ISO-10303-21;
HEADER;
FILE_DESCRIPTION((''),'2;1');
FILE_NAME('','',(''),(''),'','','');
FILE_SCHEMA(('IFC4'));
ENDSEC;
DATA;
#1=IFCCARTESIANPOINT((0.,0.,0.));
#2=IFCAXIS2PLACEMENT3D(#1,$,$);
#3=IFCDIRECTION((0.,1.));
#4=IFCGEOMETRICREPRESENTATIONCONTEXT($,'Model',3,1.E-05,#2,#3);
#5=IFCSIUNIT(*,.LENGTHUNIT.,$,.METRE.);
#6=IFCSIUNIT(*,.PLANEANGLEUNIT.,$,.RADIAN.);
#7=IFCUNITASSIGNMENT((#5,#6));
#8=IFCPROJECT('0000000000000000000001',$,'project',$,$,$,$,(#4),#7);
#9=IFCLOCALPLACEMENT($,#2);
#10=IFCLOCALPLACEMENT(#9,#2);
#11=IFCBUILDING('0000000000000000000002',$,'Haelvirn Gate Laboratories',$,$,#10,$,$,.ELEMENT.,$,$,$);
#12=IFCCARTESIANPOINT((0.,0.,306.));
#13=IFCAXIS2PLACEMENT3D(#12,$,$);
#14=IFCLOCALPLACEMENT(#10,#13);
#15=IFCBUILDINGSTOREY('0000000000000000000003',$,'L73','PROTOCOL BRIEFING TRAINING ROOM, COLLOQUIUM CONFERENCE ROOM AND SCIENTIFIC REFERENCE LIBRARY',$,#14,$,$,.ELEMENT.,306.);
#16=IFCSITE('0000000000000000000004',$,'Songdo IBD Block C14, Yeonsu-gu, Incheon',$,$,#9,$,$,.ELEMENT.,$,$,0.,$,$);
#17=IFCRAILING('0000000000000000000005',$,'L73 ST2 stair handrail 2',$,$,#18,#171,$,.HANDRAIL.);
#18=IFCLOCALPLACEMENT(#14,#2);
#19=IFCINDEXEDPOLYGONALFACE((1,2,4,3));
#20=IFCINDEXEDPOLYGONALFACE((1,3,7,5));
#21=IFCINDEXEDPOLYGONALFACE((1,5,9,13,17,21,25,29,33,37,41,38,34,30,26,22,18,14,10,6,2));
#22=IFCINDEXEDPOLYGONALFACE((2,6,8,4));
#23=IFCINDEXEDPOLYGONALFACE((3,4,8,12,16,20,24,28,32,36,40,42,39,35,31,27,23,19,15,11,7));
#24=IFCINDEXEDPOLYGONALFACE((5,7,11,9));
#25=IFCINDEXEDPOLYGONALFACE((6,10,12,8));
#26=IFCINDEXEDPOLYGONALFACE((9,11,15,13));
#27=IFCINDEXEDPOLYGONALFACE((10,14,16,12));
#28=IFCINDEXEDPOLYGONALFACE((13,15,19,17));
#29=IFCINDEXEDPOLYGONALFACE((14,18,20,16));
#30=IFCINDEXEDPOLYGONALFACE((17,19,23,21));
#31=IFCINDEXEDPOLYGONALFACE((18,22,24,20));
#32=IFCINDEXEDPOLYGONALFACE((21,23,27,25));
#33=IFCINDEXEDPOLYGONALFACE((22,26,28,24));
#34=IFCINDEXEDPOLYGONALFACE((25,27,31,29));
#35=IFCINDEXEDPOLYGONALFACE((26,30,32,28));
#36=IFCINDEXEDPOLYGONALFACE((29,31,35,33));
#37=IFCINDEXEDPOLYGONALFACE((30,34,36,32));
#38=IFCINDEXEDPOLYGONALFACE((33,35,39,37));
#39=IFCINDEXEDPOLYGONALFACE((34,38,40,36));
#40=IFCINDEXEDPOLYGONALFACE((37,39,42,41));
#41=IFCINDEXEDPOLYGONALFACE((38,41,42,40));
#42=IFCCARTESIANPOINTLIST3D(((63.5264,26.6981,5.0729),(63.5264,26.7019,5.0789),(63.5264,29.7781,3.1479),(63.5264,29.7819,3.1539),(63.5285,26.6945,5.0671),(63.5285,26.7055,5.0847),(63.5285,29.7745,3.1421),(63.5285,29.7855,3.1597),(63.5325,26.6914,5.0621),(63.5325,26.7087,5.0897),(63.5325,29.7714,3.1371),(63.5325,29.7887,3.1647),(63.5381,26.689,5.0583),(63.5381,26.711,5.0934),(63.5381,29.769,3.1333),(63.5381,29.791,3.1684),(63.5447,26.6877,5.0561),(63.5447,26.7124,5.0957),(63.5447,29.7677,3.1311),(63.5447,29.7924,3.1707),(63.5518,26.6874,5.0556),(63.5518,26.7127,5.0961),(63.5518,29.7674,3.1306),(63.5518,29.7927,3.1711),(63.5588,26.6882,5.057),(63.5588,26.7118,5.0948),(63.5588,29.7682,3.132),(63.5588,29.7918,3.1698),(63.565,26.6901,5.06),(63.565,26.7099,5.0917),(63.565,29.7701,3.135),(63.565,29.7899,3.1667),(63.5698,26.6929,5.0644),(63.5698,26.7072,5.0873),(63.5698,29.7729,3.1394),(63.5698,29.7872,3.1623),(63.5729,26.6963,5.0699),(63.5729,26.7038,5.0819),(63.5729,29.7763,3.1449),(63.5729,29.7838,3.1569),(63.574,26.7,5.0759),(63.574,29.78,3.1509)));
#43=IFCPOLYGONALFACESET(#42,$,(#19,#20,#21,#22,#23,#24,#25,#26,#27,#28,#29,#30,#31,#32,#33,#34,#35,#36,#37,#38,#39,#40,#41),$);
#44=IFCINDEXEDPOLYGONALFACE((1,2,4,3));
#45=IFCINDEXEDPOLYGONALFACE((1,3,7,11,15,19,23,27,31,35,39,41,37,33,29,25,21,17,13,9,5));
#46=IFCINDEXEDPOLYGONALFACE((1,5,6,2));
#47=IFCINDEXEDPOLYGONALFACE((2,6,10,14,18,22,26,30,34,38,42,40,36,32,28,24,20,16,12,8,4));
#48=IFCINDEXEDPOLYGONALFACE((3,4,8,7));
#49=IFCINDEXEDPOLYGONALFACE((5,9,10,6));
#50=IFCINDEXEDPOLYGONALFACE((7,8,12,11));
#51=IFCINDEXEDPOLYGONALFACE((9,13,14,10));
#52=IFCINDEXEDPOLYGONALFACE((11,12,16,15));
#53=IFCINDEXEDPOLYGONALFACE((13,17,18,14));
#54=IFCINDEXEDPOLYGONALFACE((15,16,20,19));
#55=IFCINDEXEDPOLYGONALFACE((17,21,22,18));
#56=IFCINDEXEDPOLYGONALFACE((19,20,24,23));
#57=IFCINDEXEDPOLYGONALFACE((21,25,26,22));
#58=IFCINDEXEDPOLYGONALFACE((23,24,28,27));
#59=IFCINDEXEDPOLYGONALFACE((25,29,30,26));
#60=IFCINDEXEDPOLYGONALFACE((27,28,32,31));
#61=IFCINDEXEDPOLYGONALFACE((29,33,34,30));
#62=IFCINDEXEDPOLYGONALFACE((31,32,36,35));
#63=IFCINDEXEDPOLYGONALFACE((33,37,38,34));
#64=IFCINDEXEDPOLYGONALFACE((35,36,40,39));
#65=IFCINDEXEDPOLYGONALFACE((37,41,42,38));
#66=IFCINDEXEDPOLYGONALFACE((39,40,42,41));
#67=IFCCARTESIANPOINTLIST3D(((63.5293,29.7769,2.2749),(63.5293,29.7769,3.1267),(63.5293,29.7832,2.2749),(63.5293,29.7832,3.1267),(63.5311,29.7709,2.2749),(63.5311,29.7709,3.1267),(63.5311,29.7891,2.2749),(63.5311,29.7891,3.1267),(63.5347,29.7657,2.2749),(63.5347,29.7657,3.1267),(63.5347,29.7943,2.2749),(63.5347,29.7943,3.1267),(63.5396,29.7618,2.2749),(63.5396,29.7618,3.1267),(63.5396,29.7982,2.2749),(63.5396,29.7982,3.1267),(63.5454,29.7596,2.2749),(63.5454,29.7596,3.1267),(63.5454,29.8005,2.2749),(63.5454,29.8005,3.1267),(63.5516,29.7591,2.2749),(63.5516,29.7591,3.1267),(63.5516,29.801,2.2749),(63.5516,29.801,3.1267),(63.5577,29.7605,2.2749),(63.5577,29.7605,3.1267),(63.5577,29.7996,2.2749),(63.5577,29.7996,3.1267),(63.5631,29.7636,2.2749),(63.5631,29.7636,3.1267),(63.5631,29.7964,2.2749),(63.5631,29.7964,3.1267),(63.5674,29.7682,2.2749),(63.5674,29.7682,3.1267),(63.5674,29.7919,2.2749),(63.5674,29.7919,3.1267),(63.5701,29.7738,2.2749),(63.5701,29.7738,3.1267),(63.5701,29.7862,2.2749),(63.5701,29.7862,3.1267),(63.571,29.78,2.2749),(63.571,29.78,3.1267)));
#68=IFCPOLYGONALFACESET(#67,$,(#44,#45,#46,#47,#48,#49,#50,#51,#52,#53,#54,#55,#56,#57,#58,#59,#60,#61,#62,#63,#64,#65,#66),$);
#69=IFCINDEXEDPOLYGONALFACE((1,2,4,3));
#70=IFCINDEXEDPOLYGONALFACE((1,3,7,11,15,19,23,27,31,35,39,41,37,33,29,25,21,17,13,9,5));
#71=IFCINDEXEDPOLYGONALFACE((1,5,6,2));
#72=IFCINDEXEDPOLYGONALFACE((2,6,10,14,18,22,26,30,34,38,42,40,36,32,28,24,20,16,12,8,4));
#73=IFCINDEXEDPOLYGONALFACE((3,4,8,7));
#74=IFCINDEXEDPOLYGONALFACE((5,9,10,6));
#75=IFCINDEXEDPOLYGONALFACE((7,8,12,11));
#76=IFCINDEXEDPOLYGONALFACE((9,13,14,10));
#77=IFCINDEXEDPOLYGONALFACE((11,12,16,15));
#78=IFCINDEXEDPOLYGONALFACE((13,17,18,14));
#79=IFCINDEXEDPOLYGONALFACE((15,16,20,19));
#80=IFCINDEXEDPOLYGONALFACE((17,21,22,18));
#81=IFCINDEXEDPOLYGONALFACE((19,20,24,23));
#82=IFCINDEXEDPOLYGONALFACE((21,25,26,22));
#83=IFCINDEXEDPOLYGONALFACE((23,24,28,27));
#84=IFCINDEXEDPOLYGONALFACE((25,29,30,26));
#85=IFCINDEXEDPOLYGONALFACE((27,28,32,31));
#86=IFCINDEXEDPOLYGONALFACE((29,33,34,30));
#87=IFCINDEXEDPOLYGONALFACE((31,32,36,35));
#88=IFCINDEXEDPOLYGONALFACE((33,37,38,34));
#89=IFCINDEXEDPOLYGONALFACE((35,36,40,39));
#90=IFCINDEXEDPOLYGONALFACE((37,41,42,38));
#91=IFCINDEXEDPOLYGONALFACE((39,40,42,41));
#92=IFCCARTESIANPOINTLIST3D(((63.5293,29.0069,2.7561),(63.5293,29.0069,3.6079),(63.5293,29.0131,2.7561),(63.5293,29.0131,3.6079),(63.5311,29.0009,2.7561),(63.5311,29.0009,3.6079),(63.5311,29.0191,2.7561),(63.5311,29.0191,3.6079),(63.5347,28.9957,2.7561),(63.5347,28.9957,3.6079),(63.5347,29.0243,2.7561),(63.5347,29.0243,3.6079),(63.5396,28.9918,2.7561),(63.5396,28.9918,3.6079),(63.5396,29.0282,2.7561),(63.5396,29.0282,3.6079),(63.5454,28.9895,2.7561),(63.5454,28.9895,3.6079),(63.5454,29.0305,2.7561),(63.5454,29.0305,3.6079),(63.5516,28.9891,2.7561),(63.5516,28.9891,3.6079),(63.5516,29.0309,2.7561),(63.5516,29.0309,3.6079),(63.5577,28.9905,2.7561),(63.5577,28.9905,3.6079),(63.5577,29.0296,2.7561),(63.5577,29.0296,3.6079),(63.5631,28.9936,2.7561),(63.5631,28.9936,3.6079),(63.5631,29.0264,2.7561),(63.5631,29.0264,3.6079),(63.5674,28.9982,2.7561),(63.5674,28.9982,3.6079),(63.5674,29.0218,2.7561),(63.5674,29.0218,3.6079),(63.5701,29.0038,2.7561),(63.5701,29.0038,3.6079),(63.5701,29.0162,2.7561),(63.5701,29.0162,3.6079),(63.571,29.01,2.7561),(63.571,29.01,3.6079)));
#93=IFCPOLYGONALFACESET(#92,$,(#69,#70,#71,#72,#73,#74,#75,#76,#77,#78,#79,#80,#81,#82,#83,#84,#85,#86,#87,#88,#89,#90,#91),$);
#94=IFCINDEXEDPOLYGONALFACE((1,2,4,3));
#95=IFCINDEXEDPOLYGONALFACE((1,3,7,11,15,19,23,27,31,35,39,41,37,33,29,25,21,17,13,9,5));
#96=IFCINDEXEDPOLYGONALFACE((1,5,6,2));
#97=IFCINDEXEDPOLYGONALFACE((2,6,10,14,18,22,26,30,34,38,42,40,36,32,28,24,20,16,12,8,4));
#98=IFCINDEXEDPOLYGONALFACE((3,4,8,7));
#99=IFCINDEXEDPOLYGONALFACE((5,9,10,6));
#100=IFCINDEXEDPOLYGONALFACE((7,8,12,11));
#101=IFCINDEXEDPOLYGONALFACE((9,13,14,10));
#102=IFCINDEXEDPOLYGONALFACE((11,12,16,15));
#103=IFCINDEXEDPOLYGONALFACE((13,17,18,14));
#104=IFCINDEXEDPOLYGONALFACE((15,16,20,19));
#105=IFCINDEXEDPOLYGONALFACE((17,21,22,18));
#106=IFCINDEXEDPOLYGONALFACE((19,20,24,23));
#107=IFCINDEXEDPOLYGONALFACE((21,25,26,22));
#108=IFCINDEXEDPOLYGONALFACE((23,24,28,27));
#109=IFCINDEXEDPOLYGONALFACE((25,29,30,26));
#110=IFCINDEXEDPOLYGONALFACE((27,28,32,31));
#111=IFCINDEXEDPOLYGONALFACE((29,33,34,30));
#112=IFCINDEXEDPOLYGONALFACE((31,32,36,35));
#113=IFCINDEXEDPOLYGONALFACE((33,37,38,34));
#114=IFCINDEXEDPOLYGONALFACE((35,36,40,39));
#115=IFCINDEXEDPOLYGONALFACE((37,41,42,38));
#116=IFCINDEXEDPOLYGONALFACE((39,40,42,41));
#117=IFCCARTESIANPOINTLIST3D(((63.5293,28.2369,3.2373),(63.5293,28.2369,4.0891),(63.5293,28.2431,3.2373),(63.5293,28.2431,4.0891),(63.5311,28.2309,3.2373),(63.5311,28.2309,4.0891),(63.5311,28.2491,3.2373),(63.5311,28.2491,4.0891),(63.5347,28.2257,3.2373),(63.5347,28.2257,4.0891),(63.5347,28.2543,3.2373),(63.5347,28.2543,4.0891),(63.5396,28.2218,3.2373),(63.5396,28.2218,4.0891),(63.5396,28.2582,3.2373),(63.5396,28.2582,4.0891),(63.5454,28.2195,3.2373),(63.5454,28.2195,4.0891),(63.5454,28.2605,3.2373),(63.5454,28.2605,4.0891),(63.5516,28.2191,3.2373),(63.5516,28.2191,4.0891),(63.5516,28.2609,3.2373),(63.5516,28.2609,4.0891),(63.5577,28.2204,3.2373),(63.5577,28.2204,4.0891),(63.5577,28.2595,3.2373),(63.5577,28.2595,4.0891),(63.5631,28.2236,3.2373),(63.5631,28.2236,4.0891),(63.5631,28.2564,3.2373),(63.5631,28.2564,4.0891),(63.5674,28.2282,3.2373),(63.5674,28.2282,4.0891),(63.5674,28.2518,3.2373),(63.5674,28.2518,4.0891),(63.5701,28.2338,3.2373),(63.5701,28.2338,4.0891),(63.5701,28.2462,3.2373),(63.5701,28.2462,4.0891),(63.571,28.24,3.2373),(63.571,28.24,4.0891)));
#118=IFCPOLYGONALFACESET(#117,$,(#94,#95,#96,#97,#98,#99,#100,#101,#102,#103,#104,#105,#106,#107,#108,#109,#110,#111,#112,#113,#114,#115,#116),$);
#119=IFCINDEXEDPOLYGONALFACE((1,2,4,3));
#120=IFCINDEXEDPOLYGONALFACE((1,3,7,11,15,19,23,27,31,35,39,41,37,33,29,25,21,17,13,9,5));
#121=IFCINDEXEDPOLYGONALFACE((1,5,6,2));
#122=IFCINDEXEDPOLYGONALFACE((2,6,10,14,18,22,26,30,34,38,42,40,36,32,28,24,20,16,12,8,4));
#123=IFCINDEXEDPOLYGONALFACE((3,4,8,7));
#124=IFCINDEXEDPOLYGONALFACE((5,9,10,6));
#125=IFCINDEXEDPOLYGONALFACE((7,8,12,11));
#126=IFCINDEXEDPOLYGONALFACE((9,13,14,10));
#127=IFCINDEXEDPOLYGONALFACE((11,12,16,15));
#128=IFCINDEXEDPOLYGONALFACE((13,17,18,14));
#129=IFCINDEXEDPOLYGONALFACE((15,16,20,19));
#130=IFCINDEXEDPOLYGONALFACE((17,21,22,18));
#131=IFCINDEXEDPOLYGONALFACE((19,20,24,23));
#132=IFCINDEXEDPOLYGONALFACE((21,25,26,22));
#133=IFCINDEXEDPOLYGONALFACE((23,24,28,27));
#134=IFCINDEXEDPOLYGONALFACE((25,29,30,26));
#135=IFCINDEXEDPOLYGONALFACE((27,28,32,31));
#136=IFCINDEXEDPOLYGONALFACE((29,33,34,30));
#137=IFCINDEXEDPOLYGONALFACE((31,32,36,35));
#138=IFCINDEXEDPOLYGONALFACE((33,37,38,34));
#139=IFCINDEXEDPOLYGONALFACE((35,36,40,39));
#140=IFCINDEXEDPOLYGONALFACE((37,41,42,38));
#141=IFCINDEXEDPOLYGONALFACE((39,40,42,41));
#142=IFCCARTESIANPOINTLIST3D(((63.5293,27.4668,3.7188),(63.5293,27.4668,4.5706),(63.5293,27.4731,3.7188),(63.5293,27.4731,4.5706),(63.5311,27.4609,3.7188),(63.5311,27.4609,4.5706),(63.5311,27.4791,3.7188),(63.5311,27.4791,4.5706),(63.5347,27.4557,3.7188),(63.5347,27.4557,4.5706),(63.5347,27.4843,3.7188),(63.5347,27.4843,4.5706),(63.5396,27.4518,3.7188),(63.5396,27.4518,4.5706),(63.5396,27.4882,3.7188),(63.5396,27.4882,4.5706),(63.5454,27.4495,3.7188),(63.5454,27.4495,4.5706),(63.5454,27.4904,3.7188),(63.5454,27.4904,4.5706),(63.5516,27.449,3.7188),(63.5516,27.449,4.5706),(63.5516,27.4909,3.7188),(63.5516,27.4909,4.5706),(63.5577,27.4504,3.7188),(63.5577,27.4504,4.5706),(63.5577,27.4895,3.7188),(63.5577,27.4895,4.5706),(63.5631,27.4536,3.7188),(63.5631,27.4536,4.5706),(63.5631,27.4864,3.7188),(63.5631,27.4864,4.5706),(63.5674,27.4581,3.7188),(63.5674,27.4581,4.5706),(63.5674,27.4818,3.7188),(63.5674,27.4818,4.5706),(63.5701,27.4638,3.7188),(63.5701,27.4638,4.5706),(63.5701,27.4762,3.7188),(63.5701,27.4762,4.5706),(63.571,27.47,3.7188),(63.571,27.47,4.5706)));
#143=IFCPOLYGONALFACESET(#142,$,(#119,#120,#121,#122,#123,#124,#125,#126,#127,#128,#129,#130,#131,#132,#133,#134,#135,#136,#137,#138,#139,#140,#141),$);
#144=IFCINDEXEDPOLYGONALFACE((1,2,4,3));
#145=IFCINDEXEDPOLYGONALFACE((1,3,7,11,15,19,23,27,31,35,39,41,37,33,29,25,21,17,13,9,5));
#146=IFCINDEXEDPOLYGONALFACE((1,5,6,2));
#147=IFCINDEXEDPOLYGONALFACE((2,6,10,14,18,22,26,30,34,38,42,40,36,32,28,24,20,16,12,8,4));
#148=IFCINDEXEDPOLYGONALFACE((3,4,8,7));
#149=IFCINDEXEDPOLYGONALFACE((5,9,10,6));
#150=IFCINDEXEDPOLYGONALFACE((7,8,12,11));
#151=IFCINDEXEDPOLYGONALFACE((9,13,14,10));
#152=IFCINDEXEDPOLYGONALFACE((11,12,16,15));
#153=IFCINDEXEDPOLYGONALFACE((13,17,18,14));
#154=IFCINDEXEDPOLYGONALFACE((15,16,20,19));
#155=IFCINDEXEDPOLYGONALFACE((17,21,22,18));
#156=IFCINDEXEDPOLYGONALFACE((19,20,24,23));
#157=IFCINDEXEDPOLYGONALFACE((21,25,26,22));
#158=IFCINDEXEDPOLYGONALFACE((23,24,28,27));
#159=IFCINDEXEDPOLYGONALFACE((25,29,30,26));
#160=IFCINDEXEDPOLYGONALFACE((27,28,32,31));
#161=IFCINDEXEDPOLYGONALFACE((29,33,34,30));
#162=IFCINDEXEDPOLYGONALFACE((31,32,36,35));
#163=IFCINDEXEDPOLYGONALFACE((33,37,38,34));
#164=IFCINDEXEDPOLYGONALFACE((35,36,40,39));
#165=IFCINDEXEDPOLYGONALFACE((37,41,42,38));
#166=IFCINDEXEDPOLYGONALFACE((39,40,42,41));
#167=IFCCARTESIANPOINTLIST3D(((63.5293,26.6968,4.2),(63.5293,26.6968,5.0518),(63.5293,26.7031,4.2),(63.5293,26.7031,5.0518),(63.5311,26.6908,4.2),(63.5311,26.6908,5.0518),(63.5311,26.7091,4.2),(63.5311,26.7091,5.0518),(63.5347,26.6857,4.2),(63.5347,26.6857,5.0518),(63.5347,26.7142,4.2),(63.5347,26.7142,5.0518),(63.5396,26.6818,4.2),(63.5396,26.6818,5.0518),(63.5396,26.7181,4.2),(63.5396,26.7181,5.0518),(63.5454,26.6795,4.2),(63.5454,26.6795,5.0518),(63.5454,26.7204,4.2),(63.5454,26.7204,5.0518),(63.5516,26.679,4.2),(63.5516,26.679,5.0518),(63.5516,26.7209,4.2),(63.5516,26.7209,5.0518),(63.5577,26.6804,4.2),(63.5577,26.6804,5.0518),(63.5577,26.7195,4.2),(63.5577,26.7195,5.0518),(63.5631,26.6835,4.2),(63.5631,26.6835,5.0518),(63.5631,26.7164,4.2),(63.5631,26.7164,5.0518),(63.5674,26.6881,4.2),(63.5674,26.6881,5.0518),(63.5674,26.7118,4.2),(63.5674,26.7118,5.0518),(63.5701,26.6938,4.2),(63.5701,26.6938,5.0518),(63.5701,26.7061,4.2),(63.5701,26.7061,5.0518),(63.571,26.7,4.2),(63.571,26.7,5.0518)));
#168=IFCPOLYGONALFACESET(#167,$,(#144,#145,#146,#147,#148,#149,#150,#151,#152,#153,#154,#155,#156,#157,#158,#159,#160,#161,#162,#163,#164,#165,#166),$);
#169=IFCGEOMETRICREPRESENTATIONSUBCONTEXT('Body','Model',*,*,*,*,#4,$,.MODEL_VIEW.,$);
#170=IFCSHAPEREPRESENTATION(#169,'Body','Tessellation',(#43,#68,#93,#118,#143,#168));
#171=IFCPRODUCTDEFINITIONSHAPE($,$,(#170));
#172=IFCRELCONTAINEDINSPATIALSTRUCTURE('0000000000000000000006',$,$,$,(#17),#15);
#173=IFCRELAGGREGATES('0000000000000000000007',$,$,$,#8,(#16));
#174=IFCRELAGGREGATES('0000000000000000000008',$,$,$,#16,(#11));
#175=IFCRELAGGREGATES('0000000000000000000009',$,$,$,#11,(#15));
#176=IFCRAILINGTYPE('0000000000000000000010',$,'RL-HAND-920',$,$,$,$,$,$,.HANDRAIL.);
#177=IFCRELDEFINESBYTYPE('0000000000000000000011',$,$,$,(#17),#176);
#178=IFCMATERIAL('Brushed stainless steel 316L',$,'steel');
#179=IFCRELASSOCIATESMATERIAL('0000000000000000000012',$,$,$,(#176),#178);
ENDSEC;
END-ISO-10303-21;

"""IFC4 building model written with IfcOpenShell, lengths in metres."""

from ifc_helpers import new_model, si_unit, direction, frame, origin, origin_2d, place, context, subcontext, project, spatial, circle, extrude, source, transform, mapped, material, type_object, element, save


model = new_model("IFC4")

# Units and contexts
model_context = context("Model", 3, precision=1e-05, world=origin(), true_north=direction((0.0, 1.0)))
body_context = subcontext(model_context, "Body", "Model", "MODEL_VIEW")
ifc_project = project(units=[si_unit("LENGTHUNIT", "METRE"), si_unit("PLANEANGLEUNIT", "RADIAN")], contexts=[model_context])

# Site, building, storey
site_placement = place(None, origin())
site = spatial("IfcSite", under=ifc_project, at=site_placement, Name="Songdo IBD Block C14, Yeonsu-gu, Incheon", CompositionType="ELEMENT", RefElevation=0.0)
building_placement = place(site_placement, origin())
building = spatial("IfcBuilding", under=site, at=building_placement, Name="Haelvirn Gate Laboratories", CompositionType="ELEMENT")
storey_placement = place(building_placement, frame((0.0, 0.0, 306.0)))
storey = spatial("IfcBuildingStorey", under=building, at=storey_placement, Name="L73", Description="PROTOCOL BRIEFING TRAINING ROOM, COLLOQUIUM CONFERENCE ROOM AND SCIENTIFIC REFERENCE LIBRARY", CompositionType="ELEMENT", Elevation=306.0)

# Railing
ifc_material_1 = material(Name="Brushed stainless steel 316L", Category="steel")
railing_type_1 = type_object("IfcRailingType", Name="RL-HAND-920", PredefinedType="HANDRAIL", material=ifc_material_1)
shared_shape_1 = source(origin(), body_context, "Body", "SweptSolid", [
    extrude(circle(Radius=0.0239, at=origin_2d()), frame((0.0, 0.0, 0.876), z_axis=(0.0, -0.847998, 0.529999), x_axis=(1.0, 0.0, 0.0)), (0.0, 0.0, 1.0), 3.6321),
    extrude(circle(Radius=0.021, at=origin_2d()), origin(), (0.0, 0.0, 1.0), 0.8518),
    extrude(circle(Radius=0.021, at=origin_2d()), frame((0.0, -0.77, 0.4812)), (0.0, 0.0, 1.0), 0.8518),
    extrude(circle(Radius=0.021, at=origin_2d()), frame((0.0, -1.54, 0.9624)), (0.0, 0.0, 1.0), 0.8518),
    extrude(circle(Radius=0.021, at=origin_2d()), frame((0.0, -2.3101, 1.4438)), (0.0, 0.0, 1.0), 0.8518),
    extrude(circle(Radius=0.021, at=origin_2d()), frame((0.0, -3.0801, 1.925)), (0.0, 0.0, 1.0), 0.8518),
])
railing_1_placement = place(storey_placement, frame((63.55, 29.78, 2.2749)))
element("IfcRailing", 1, at=railing_1_placement, inside=storey, type_object=railing_type_1, Name="L73 ST2 stair handrail 2", PredefinedType="HANDRAIL", context=body_context, shape_type="MappedRepresentation", body=[
    mapped(shared_shape_1, transform((0.0, 0.0, 0.0), scale=1.0)),
])

save(model, "model.ifc")
